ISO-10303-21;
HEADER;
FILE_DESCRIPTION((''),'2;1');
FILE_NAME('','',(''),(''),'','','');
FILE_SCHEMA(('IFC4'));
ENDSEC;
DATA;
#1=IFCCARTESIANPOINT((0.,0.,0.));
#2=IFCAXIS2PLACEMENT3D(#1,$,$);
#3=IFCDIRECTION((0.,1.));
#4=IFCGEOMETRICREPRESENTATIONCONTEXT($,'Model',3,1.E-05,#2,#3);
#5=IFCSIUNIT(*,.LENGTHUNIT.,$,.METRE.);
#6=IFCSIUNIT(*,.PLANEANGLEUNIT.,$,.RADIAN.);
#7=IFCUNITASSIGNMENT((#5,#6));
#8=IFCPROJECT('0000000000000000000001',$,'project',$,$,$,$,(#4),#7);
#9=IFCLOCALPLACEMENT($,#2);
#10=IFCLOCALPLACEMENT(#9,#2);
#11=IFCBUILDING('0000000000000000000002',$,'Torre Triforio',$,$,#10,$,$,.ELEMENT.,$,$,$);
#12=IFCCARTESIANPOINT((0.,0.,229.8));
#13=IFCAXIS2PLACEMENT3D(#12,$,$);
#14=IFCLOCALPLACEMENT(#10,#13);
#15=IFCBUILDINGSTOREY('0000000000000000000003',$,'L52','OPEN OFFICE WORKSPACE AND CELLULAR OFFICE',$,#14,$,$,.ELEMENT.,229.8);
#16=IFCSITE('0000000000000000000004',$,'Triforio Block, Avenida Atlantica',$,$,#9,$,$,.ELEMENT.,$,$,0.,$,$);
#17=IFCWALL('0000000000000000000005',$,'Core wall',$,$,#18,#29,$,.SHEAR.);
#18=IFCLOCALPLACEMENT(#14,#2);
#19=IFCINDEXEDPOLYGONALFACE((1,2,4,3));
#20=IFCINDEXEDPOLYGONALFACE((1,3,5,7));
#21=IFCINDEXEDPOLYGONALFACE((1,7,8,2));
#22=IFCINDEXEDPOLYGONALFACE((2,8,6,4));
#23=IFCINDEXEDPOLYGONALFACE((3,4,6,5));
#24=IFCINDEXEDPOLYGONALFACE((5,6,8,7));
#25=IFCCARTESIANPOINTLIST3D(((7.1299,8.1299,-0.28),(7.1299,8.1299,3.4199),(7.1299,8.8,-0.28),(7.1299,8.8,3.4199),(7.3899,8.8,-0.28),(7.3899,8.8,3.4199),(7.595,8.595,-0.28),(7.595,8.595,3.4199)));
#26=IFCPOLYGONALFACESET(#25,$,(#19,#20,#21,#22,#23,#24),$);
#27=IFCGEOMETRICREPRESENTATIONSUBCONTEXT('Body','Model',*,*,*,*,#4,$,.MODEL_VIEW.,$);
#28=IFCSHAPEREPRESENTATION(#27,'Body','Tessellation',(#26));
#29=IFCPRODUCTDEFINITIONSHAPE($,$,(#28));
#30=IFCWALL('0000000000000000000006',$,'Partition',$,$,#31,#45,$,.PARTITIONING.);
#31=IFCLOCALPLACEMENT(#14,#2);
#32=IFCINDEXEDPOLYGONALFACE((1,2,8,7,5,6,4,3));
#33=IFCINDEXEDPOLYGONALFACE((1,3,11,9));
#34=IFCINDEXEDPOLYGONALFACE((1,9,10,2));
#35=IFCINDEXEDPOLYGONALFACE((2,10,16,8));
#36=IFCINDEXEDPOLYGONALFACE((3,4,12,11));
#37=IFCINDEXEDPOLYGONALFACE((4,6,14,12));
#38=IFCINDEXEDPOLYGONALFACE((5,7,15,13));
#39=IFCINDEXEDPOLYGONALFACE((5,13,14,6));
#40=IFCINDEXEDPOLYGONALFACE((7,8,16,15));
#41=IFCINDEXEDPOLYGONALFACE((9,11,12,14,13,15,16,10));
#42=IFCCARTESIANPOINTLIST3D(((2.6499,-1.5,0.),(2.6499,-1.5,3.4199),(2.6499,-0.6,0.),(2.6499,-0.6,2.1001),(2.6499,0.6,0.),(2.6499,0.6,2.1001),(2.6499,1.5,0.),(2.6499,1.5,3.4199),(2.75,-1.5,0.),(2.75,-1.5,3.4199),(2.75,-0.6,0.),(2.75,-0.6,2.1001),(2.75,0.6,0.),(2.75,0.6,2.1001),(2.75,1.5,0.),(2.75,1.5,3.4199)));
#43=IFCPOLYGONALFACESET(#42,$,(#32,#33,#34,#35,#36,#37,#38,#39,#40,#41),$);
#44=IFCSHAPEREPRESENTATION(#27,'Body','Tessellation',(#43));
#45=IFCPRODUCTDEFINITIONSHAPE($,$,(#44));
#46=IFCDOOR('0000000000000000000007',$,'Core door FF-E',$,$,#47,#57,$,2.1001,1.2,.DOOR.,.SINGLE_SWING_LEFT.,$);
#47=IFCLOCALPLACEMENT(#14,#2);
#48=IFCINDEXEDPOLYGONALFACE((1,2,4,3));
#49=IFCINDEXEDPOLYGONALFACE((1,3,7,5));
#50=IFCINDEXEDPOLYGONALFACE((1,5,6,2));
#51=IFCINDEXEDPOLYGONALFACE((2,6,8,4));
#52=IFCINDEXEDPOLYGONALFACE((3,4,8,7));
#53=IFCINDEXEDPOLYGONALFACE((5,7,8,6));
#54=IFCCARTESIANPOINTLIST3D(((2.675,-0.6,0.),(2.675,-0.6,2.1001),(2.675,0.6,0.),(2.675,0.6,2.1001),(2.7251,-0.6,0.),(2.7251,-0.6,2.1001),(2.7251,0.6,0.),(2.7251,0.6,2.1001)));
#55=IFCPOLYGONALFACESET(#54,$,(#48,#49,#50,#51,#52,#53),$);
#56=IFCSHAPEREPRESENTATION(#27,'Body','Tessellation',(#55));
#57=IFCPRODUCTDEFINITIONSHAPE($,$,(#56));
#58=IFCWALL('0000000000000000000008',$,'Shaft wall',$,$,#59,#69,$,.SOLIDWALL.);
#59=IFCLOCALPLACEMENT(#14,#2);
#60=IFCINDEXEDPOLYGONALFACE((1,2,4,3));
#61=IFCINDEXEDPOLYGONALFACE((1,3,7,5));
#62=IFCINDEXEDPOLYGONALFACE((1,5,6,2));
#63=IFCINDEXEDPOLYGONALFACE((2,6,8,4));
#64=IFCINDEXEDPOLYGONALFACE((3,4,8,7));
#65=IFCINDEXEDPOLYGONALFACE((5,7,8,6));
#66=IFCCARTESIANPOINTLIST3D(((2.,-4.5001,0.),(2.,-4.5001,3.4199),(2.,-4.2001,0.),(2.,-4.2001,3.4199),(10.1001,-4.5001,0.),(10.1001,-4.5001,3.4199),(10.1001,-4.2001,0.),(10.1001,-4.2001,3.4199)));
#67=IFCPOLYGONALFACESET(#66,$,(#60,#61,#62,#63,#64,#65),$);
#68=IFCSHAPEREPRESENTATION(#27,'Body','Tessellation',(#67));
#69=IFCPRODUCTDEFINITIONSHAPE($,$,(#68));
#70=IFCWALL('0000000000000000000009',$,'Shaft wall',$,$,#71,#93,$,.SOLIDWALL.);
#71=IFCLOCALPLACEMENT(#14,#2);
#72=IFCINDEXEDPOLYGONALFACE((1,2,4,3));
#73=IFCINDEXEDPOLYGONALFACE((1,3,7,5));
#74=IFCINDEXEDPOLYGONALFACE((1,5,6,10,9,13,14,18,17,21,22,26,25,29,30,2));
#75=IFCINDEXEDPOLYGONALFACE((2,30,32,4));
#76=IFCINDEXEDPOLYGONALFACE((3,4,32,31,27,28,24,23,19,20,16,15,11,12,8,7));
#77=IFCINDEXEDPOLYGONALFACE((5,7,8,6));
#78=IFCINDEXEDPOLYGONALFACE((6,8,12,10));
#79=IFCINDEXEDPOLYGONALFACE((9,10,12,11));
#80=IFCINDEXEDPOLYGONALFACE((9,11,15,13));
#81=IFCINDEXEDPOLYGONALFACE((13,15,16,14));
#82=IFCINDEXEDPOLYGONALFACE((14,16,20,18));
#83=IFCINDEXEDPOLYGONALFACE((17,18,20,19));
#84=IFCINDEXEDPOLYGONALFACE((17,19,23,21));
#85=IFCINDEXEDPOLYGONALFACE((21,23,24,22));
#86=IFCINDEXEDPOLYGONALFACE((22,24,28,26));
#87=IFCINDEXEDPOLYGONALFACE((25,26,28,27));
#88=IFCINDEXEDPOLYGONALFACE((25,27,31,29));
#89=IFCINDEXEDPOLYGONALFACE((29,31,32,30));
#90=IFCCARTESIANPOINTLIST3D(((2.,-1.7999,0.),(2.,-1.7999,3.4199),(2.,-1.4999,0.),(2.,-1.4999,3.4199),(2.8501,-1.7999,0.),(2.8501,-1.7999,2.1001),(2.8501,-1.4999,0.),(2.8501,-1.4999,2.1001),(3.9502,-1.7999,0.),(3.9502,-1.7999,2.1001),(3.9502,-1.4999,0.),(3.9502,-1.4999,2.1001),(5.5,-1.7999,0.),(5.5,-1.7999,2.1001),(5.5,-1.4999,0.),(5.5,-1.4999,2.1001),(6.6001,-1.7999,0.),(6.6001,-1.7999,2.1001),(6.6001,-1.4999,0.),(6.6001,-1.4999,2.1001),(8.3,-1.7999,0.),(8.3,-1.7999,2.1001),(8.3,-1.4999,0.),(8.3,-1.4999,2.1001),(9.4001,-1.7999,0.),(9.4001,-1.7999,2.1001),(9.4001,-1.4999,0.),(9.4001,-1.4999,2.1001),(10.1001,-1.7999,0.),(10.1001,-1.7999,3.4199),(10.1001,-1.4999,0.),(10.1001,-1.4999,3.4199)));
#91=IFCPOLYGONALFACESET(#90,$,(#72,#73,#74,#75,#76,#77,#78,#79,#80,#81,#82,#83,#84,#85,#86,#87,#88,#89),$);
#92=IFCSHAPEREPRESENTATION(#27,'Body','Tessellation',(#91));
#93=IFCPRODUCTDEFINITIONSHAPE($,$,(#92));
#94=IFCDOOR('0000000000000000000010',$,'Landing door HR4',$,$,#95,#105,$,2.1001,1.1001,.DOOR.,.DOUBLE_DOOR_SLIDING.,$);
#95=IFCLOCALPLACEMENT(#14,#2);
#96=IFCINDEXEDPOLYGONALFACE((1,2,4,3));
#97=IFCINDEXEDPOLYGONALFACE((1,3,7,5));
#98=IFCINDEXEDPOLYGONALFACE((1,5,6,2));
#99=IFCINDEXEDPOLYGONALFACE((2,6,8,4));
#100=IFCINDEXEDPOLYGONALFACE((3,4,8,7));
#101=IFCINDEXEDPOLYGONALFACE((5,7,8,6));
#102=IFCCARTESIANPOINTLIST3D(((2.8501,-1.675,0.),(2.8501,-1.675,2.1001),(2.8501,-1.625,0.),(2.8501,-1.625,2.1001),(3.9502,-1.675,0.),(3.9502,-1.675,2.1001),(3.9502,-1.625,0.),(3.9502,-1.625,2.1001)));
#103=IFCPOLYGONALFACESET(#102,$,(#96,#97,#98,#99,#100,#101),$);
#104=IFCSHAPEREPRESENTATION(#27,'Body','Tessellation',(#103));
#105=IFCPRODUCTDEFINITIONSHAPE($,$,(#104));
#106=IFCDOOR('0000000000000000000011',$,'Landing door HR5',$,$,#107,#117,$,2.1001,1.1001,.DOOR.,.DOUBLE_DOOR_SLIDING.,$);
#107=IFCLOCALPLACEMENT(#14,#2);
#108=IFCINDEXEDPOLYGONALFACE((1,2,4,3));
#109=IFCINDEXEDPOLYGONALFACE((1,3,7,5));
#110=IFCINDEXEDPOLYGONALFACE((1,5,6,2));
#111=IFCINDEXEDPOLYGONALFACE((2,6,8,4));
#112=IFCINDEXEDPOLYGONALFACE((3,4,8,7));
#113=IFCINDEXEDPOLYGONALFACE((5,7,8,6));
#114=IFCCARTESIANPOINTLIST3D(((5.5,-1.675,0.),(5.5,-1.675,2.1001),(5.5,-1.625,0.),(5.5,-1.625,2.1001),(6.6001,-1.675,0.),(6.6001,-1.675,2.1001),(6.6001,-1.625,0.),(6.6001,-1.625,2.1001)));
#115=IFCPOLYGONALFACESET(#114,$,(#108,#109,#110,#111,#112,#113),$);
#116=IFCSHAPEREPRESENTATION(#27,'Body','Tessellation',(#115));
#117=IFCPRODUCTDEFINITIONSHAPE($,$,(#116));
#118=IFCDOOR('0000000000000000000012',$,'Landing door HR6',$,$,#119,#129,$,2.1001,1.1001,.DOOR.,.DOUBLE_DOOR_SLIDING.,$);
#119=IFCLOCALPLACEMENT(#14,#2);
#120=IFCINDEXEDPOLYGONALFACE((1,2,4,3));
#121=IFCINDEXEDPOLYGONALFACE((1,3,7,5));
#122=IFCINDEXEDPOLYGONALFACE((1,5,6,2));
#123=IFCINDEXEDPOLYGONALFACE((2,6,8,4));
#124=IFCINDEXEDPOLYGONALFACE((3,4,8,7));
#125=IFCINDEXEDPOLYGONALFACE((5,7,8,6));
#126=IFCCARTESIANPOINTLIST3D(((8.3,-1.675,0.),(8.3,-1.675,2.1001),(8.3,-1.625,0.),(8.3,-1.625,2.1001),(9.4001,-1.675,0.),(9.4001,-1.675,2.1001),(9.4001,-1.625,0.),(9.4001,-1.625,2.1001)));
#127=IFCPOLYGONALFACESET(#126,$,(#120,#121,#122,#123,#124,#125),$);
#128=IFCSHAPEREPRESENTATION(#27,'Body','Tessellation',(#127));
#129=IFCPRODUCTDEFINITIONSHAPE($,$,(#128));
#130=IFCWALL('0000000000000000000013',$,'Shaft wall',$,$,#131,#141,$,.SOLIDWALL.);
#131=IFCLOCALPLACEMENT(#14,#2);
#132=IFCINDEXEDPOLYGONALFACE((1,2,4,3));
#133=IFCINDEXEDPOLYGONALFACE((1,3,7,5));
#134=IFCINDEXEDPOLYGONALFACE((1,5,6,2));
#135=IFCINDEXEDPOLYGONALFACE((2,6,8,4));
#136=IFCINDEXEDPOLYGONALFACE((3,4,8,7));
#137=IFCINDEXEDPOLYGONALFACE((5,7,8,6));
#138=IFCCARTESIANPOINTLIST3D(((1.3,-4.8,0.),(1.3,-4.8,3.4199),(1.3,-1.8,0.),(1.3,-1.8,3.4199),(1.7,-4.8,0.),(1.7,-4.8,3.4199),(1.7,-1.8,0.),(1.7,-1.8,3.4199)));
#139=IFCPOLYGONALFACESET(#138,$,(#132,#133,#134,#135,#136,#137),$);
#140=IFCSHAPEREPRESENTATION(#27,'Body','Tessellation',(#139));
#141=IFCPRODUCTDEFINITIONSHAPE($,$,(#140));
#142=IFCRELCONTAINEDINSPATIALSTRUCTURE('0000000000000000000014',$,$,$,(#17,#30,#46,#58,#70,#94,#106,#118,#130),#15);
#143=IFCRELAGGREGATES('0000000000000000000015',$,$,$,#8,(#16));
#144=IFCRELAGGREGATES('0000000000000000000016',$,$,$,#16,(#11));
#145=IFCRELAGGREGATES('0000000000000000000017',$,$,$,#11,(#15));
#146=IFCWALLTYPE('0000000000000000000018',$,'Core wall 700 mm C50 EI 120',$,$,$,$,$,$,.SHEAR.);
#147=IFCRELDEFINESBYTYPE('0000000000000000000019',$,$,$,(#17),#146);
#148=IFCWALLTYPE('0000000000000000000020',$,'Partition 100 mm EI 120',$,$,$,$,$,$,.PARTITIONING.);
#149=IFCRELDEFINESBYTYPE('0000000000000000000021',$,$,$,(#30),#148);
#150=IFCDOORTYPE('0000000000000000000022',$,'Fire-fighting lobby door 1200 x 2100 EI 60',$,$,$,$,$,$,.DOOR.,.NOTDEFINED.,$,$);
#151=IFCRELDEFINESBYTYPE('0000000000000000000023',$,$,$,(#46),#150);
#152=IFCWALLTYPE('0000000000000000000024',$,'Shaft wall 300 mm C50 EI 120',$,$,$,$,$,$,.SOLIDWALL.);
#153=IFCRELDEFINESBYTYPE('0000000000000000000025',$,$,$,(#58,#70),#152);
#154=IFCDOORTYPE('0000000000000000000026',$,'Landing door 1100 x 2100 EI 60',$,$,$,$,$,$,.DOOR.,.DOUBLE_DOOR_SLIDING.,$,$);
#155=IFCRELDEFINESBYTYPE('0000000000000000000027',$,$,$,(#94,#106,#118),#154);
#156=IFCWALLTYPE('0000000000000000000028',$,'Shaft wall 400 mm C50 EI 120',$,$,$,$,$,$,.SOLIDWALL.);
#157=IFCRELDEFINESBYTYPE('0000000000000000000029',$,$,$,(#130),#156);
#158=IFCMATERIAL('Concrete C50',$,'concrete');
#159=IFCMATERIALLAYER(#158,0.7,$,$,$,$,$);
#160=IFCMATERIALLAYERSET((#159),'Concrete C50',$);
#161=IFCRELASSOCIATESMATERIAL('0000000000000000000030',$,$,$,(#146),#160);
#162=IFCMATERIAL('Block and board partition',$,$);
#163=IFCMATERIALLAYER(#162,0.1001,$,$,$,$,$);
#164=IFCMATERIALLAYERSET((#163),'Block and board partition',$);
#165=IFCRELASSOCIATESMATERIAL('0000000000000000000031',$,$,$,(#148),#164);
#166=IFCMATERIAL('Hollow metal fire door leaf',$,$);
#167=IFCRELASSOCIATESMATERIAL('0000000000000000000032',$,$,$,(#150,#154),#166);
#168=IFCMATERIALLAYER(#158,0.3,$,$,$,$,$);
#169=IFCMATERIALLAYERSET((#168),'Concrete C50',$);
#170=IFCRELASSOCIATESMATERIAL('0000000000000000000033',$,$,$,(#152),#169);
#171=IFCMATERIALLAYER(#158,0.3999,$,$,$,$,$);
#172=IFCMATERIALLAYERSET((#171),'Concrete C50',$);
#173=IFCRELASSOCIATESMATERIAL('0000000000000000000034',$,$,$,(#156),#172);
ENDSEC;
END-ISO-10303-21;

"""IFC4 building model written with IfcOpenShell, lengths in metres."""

from ifc_helpers import new_model, si_unit, direction, frame, frame_2d, origin, place, context, subcontext, project, spatial, polyline, rectangle, outline, extrude, material, layer, layer_set, type_object, element, fill, save


model = new_model("IFC4")

# Units and contexts
model_context = context("Model", 3, precision=1e-05, world=origin(), true_north=direction((0.0, 1.0)))
body_context = subcontext(model_context, "Body", "Model", "MODEL_VIEW")
ifc_project = project(units=[si_unit("LENGTHUNIT", "METRE"), si_unit("PLANEANGLEUNIT", "RADIAN")], contexts=[model_context])

# Site, building, storey
site_placement = place(None, origin())
site = spatial("IfcSite", under=ifc_project, at=site_placement, Name="Triforio Block, Avenida Atlantica", CompositionType="ELEMENT", RefElevation=0.0)
building_placement = place(site_placement, origin())
building = spatial("IfcBuilding", under=site, at=building_placement, Name="Torre Triforio", CompositionType="ELEMENT")
storey_placement = place(building_placement, frame((0.0, 0.0, 229.8)))
storey = spatial("IfcBuildingStorey", under=building, at=storey_placement, Name="L52", Description="OPEN OFFICE WORKSPACE AND CELLULAR OFFICE", CompositionType="ELEMENT", Elevation=229.8)

# Shared definitions
ifc_material_1 = material(Name="Concrete C50", Category="concrete")

# Wall
ifc_layer_1 = layer(ifc_material_1, 0.7)
ifc_layer_set_1 = layer_set([ifc_layer_1], Name="Concrete C50")
wall_type_1 = type_object("IfcWallType", Name="Core wall 700 mm C50 EI 120", PredefinedType="SHEAR", material=ifc_layer_set_1)
wall_1_placement = place(storey_placement, frame((0.0, 0.0, -0.28)))
element("IfcWall", 1, at=wall_1_placement, inside=storey, type_object=wall_type_1, Name="Core wall", PredefinedType="SHEAR", context=body_context, shape_type="SweptSolid", body=[
    extrude(outline(polyline([(7.3899, 8.8), (7.595, 8.595), (7.595, 8.595), (7.595, 8.595), (7.1299, 8.1299), (7.1299, 8.8), (7.1299, 8.8), (7.3899, 8.8)])), origin(), (0.0, 0.0, 1.0), 3.7),
])

# Wall, opening, door
ifc_material_2 = material(Name="Block and board partition")
ifc_layer_2 = layer(ifc_material_2, 0.1001)
ifc_layer_set_2 = layer_set([ifc_layer_2], Name="Block and board partition")
wall_type_2 = type_object("IfcWallType", Name="Partition 100 mm EI 120", PredefinedType="PARTITIONING", material=ifc_layer_set_2)
wall_2_placement = place(storey_placement, frame((2.7, -1.5, 0.0), z_axis=(0.0, 0.0, 1.0), x_axis=(0.0, 1.0, 0.0)))
wall_2 = element("IfcWall", 2, at=wall_2_placement, inside=storey, type_object=wall_type_2, Name="Partition", PredefinedType="PARTITIONING", context=body_context, shape_type="SweptSolid", body=[
    extrude(rectangle(XDim=3.0, YDim=0.1001, at=frame_2d((1.5, 0.0))), origin(), (0.0, 0.0, 1.0), 3.4199),
])
opening_1_placement = place(wall_2_placement, frame((0.8999, 0.0, 0.0)))
opening_1 = element("IfcOpeningElement", 3, at=opening_1_placement, cuts=wall_2, PredefinedType="OPENING", context=body_context, shape_type="SweptSolid", body=[
    extrude(rectangle(XDim=1.2, YDim=2.1001, at=frame_2d((0.6001, 1.05))), frame((0.0, 0.0601, 0.0), z_axis=(0.0, -1.0, 0.0), x_axis=(1.0, 0.0, 0.0)), (0.0, 0.0, 1.0), 0.1201),
])
ifc_material_3 = material(Name="Hollow metal fire door leaf")
door_type_1 = type_object("IfcDoorType", Name="Fire-fighting lobby door 1200 x 2100 EI 60", OperationType="NOTDEFINED", PredefinedType="DOOR", material=ifc_material_3)
door_1_placement = place(opening_1_placement, origin())
door_1 = element("IfcDoor", 4, at=door_1_placement, inside=storey, type_object=door_type_1, Name="Core door FF-E", OperationType="SINGLE_SWING_LEFT", OverallHeight=2.1001, OverallWidth=1.2, PredefinedType="DOOR", context=body_context, shape_type="SweptSolid", body=[
    extrude(rectangle(XDim=1.2, YDim=2.1001, at=frame_2d((0.6001, 1.05))), frame((0.0, 0.0249, 0.0), z_axis=(0.0, -1.0, 0.0), x_axis=(1.0, 0.0, 0.0)), (0.0, 0.0, 1.0), 0.05),
])
fill(opening_1, door_1)

# Wall
ifc_layer_3 = layer(ifc_material_1, 0.3)
ifc_layer_set_3 = layer_set([ifc_layer_3], Name="Concrete C50")
wall_type_3 = type_object("IfcWallType", Name="Shaft wall 300 mm C50 EI 120", PredefinedType="SOLIDWALL", material=ifc_layer_set_3)
wall_3_placement = place(storey_placement, frame((2.0, -4.3501, 0.0), z_axis=(0.0, 0.0, 1.0), x_axis=(1.0, 0.0, 0.0)))
element("IfcWall", 5, at=wall_3_placement, inside=storey, type_object=wall_type_3, Name="Shaft wall", PredefinedType="SOLIDWALL", context=body_context, shape_type="SweptSolid", body=[
    extrude(rectangle(XDim=8.1001, YDim=0.3, at=frame_2d((4.05, 0.0))), origin(), (0.0, 0.0, 1.0), 3.4199),
])

# Wall, openings, doors
wall_4_placement = place(storey_placement, frame((2.0, -1.6499, 0.0), z_axis=(0.0, 0.0, 1.0), x_axis=(1.0, 0.0, 0.0)))
wall_4 = element("IfcWall", 6, at=wall_4_placement, inside=storey, type_object=wall_type_3, Name="Shaft wall", PredefinedType="SOLIDWALL", context=body_context, shape_type="SweptSolid", body=[
    extrude(rectangle(XDim=8.1001, YDim=0.3, at=frame_2d((4.05, 0.0))), origin(), (0.0, 0.0, 1.0), 3.4199),
])
opening_2_placement = place(wall_4_placement, frame((0.8501, 0.0, 0.0)))
opening_2 = element("IfcOpeningElement", 7, at=opening_2_placement, cuts=wall_4, PredefinedType="OPENING", context=body_context, shape_type="SweptSolid", body=[
    extrude(rectangle(XDim=1.1001, YDim=2.1001, at=frame_2d((0.55, 1.05))), frame((0.0, 0.1599, 0.0), z_axis=(0.0, -1.0, 0.0), x_axis=(1.0, 0.0, 0.0)), (0.0, 0.0, 1.0), 0.3201),
])
opening_3_placement = place(wall_4_placement, frame((3.5, 0.0, 0.0)))
opening_3 = element("IfcOpeningElement", 8, at=opening_3_placement, cuts=wall_4, PredefinedType="OPENING", context=body_context, shape_type="SweptSolid", body=[
    extrude(rectangle(XDim=1.1001, YDim=2.1001, at=frame_2d((0.55, 1.05))), frame((0.0, 0.1599, 0.0), z_axis=(0.0, -1.0, 0.0), x_axis=(1.0, 0.0, 0.0)), (0.0, 0.0, 1.0), 0.3201),
])
opening_4_placement = place(wall_4_placement, frame((6.3, 0.0, 0.0)))
opening_4 = element("IfcOpeningElement", 9, at=opening_4_placement, cuts=wall_4, PredefinedType="OPENING", context=body_context, shape_type="SweptSolid", body=[
    extrude(rectangle(XDim=1.1001, YDim=2.1001, at=frame_2d((0.55, 1.05))), frame((0.0, 0.1599, 0.0), z_axis=(0.0, -1.0, 0.0), x_axis=(1.0, 0.0, 0.0)), (0.0, 0.0, 1.0), 0.3201),
])
door_type_2 = type_object("IfcDoorType", Name="Landing door 1100 x 2100 EI 60", OperationType="DOUBLE_DOOR_SLIDING", PredefinedType="DOOR", material=ifc_material_3)
door_2_placement = place(opening_2_placement, origin())
door_2 = element("IfcDoor", 10, at=door_2_placement, inside=storey, type_object=door_type_2, Name="Landing door HR4", OperationType="DOUBLE_DOOR_SLIDING", OverallHeight=2.1001, OverallWidth=1.1001, PredefinedType="DOOR", context=body_context, shape_type="SweptSolid", body=[
    extrude(rectangle(XDim=1.1001, YDim=2.1001, at=frame_2d((0.55, 1.05))), frame((0.0, 0.0249, 0.0), z_axis=(0.0, -1.0, 0.0), x_axis=(1.0, 0.0, 0.0)), (0.0, 0.0, 1.0), 0.05),
])
fill(opening_2, door_2)
door_3_placement = place(opening_3_placement, origin())
door_3 = element("IfcDoor", 11, at=door_3_placement, inside=storey, type_object=door_type_2, Name="Landing door HR5", OperationType="DOUBLE_DOOR_SLIDING", OverallHeight=2.1001, OverallWidth=1.1001, PredefinedType="DOOR", context=body_context, shape_type="SweptSolid", body=[
    extrude(rectangle(XDim=1.1001, YDim=2.1001, at=frame_2d((0.55, 1.05))), frame((0.0, 0.0249, 0.0), z_axis=(0.0, -1.0, 0.0), x_axis=(1.0, 0.0, 0.0)), (0.0, 0.0, 1.0), 0.05),
])
fill(opening_3, door_3)
door_4_placement = place(opening_4_placement, origin())
door_4 = element("IfcDoor", 12, at=door_4_placement, inside=storey, type_object=door_type_2, Name="Landing door HR6", OperationType="DOUBLE_DOOR_SLIDING", OverallHeight=2.1001, OverallWidth=1.1001, PredefinedType="DOOR", context=body_context, shape_type="SweptSolid", body=[
    extrude(rectangle(XDim=1.1001, YDim=2.1001, at=frame_2d((0.55, 1.05))), frame((0.0, 0.0249, 0.0), z_axis=(0.0, -1.0, 0.0), x_axis=(1.0, 0.0, 0.0)), (0.0, 0.0, 1.0), 0.05),
])
fill(opening_4, door_4)

# Wall
ifc_layer_4 = layer(ifc_material_1, 0.3999)
ifc_layer_set_4 = layer_set([ifc_layer_4], Name="Concrete C50")
wall_type_4 = type_object("IfcWallType", Name="Shaft wall 400 mm C50 EI 120", PredefinedType="SOLIDWALL", material=ifc_layer_set_4)
wall_5_placement = place(storey_placement, frame((1.5, -4.8, 0.0), z_axis=(0.0, 0.0, 1.0), x_axis=(0.0, 1.0, 0.0)))
element("IfcWall", 13, at=wall_5_placement, inside=storey, type_object=wall_type_4, Name="Shaft wall", PredefinedType="SOLIDWALL", context=body_context, shape_type="SweptSolid", body=[
    extrude(rectangle(XDim=3.0, YDim=0.3999, at=frame_2d((1.5, 0.0))), origin(), (0.0, 0.0, 1.0), 3.4199),
])

save(model, "model.ifc")
